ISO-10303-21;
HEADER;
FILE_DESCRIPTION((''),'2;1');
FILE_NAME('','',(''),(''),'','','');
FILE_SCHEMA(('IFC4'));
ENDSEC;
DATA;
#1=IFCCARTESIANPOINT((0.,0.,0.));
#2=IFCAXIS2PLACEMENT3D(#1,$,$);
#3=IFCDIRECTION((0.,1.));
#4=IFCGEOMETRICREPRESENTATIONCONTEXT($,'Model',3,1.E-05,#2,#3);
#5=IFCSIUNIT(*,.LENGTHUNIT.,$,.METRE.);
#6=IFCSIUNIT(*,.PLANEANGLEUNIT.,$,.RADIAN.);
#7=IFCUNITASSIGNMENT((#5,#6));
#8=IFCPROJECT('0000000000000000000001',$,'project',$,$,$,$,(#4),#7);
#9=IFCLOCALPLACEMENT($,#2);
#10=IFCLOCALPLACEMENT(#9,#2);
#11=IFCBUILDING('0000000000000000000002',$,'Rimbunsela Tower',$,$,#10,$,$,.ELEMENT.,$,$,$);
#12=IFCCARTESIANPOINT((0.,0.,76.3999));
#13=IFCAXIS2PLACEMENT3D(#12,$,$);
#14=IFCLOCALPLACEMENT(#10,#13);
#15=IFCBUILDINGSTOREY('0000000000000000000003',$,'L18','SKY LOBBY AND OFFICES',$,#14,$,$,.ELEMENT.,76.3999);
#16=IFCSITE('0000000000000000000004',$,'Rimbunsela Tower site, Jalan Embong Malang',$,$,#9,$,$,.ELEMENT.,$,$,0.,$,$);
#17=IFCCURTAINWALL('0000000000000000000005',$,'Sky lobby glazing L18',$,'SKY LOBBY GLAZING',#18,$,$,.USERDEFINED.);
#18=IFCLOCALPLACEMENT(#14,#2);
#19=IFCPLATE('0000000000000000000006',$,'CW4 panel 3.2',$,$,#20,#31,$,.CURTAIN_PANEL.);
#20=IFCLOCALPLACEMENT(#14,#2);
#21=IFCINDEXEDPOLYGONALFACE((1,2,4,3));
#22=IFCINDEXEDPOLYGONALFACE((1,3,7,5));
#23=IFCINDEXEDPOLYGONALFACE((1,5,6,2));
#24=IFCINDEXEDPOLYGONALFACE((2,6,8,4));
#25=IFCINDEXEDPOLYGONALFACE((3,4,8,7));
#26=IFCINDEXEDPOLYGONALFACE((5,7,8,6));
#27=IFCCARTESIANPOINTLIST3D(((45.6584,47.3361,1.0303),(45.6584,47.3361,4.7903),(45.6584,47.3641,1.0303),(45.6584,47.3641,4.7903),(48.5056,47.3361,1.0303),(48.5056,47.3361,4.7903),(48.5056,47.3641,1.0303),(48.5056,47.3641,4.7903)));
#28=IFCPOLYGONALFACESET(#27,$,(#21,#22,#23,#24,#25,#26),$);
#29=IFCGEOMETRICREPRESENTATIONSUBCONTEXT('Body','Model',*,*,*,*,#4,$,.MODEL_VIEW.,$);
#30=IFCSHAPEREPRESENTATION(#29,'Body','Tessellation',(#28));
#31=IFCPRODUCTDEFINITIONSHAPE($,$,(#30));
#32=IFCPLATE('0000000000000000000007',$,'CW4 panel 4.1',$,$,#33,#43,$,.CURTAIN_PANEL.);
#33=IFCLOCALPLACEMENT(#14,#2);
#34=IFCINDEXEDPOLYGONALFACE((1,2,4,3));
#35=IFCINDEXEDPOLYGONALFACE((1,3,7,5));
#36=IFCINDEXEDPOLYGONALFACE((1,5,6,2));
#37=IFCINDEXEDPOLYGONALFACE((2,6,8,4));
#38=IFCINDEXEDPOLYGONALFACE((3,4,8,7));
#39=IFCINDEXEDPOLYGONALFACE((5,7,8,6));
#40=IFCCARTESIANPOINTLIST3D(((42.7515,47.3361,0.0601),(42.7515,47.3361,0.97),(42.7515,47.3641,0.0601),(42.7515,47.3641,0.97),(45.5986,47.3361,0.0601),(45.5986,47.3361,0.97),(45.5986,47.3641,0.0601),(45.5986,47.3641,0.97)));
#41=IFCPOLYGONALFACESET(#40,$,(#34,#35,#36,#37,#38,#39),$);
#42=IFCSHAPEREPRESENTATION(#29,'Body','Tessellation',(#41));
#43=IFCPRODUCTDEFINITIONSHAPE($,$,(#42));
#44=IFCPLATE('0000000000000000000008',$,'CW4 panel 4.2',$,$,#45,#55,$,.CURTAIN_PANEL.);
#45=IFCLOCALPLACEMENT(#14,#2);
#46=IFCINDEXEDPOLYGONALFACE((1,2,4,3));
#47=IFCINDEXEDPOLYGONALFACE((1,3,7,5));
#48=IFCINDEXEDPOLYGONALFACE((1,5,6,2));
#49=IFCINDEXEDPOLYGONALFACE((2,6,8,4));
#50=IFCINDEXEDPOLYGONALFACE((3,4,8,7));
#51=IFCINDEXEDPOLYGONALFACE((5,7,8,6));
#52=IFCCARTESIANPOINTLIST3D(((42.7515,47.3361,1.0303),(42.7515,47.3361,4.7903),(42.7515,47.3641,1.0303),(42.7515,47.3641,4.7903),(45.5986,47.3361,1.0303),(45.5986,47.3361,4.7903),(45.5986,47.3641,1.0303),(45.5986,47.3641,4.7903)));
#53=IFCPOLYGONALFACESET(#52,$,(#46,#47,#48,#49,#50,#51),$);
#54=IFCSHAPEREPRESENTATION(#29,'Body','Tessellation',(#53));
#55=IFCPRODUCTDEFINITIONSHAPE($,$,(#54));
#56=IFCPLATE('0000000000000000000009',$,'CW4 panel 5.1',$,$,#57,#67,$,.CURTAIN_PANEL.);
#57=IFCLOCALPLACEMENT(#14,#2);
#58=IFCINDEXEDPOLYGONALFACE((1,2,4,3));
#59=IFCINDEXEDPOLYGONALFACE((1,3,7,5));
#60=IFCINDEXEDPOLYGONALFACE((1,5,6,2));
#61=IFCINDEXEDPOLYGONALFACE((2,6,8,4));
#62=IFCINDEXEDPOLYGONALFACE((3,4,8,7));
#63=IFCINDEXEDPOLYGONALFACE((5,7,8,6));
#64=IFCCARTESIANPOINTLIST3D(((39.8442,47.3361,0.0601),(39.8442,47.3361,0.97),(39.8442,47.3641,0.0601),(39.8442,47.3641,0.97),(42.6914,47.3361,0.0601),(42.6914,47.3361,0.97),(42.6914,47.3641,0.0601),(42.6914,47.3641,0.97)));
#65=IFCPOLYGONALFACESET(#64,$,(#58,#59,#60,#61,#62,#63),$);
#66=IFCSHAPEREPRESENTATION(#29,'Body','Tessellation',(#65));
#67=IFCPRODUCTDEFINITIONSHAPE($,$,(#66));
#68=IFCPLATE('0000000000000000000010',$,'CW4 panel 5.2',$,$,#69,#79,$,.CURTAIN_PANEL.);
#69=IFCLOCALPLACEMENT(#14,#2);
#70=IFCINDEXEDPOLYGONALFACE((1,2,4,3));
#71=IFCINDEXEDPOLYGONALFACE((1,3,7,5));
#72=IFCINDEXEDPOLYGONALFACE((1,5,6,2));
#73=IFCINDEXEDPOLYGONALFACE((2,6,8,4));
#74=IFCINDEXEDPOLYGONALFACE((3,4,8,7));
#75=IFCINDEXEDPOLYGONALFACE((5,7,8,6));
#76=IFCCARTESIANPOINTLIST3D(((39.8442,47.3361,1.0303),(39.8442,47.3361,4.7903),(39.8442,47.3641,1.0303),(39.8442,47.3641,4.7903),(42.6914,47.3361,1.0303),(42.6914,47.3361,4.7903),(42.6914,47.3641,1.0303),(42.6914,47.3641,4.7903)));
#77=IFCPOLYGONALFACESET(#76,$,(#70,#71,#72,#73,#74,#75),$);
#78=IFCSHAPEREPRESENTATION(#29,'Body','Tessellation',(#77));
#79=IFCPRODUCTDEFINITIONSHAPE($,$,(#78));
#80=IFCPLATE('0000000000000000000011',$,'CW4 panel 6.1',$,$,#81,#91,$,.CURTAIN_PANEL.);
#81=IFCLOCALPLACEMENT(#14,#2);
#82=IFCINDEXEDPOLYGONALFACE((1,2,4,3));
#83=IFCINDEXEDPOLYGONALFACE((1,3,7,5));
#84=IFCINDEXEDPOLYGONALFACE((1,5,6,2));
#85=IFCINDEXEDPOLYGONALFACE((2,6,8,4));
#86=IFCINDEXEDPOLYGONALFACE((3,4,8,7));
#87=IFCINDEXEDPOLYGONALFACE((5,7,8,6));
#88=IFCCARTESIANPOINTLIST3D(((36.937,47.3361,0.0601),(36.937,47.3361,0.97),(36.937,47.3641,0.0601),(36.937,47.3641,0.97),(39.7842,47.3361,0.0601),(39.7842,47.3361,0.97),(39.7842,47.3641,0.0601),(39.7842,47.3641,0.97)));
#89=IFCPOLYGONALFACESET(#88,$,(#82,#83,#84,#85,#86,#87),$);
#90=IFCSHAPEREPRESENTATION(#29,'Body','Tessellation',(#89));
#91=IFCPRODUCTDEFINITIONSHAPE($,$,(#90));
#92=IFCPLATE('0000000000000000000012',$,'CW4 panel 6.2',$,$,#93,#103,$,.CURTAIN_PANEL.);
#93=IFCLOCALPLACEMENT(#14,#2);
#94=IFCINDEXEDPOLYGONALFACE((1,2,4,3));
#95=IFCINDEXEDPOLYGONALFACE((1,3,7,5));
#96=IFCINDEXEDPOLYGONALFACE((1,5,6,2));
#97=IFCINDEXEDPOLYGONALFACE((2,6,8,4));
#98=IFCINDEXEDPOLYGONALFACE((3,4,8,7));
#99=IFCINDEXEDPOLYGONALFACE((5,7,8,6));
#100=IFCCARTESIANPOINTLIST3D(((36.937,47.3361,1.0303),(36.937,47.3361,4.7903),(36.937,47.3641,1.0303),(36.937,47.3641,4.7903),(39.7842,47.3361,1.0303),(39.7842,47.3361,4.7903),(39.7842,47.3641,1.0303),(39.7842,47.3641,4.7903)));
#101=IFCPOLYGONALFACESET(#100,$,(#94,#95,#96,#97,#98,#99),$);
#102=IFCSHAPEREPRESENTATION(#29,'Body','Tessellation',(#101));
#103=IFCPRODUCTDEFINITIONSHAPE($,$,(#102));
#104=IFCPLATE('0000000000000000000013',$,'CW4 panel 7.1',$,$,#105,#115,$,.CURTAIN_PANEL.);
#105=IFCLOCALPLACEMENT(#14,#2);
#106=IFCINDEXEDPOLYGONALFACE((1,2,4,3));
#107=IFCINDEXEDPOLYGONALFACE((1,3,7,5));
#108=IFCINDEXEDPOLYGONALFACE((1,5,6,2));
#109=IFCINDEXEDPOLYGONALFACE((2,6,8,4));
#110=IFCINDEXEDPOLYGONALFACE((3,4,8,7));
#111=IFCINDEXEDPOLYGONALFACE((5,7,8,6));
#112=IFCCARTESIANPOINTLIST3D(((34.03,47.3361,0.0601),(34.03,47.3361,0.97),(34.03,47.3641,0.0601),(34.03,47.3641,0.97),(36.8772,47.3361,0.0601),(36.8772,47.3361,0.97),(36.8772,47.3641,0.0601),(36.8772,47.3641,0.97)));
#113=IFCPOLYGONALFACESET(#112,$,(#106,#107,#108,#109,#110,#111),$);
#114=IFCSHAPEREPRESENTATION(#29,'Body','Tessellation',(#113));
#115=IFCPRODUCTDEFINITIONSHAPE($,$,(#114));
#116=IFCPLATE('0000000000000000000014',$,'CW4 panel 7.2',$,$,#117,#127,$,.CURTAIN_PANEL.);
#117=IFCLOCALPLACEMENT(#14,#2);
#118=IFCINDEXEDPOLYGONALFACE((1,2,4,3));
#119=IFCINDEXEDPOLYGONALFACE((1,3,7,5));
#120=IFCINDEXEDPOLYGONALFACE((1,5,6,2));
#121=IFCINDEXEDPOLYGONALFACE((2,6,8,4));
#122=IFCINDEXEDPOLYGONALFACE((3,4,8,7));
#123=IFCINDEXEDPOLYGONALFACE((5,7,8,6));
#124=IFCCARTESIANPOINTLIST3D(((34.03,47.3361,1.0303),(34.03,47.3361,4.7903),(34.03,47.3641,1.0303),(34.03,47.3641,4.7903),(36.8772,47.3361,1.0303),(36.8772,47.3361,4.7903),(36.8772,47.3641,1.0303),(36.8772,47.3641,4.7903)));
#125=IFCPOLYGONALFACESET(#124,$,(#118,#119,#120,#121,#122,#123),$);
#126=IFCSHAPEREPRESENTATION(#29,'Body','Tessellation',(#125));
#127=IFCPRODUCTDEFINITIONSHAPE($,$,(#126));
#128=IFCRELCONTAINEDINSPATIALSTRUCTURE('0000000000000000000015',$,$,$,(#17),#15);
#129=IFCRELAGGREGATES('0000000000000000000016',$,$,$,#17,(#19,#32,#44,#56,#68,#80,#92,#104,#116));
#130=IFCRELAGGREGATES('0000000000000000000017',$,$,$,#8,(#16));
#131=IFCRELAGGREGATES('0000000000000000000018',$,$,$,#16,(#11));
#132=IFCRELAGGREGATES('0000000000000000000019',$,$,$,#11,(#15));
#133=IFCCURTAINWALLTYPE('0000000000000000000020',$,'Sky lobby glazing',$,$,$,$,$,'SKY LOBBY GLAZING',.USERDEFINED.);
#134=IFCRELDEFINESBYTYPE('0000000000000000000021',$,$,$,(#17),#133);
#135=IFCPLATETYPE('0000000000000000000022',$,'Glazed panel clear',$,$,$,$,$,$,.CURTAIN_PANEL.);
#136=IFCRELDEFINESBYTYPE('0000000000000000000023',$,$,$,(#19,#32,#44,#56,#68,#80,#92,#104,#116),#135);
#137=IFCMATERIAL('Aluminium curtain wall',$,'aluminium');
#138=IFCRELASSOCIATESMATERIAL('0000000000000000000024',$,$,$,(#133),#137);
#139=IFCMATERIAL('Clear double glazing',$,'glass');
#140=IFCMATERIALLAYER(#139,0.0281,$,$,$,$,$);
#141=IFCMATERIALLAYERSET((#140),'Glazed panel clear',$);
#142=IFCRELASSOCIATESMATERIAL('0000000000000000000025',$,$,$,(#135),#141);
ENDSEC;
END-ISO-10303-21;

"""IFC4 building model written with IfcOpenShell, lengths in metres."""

from ifc_helpers import new_model, si_unit, direction, frame, origin, origin_2d, place, context, subcontext, project, spatial, rectangle, extrude, material, layer, layer_set, type_object, element, aggregate, save


model = new_model("IFC4")

# Units and contexts
model_context = context("Model", 3, precision=1e-05, world=origin(), true_north=direction((0.0, 1.0)))
body_context = subcontext(model_context, "Body", "Model", "MODEL_VIEW")
ifc_project = project(units=[si_unit("LENGTHUNIT", "METRE"), si_unit("PLANEANGLEUNIT", "RADIAN")], contexts=[model_context])

# Site, building, storey
site_placement = place(None, origin())
site = spatial("IfcSite", under=ifc_project, at=site_placement, Name="Rimbunsela Tower site, Jalan Embong Malang", CompositionType="ELEMENT", RefElevation=0.0)
building_placement = place(site_placement, origin())
building = spatial("IfcBuilding", under=site, at=building_placement, Name="Rimbunsela Tower", CompositionType="ELEMENT")
storey_placement = place(building_placement, frame((0.0, 0.0, 76.3999)))
storey = spatial("IfcBuildingStorey", under=building, at=storey_placement, Name="L18", Description="SKY LOBBY AND OFFICES", CompositionType="ELEMENT", Elevation=76.3999)

# Curtain wall, plates
ifc_material_1 = material(Name="Aluminium curtain wall", Category="aluminium")
curtain_wall_type = type_object("IfcCurtainWallType", Name="Sky lobby glazing", ElementType="SKY LOBBY GLAZING", PredefinedType="USERDEFINED", material=ifc_material_1)
curtain_wall_placement = place(storey_placement, origin())
curtain_wall = element("IfcCurtainWall", 1, at=curtain_wall_placement, inside=storey, type_object=curtain_wall_type, Name="Sky lobby glazing L18", ObjectType="SKY LOBBY GLAZING", PredefinedType="USERDEFINED")
ifc_material_2 = material(Name="Clear double glazing", Category="glass")
ifc_layer = layer(ifc_material_2, 0.0281)
ifc_layer_set = layer_set([ifc_layer], Name="Glazed panel clear")
plate_type = type_object("IfcPlateType", Name="Glazed panel clear", PredefinedType="CURTAIN_PANEL", material=ifc_layer_set)
plate_1_placement = place(storey_placement, frame((47.082, 47.3501, 1.0303), z_axis=(0.0, 0.0, 1.0), x_axis=(-1.0, 0.0, 0.0)))
plate_1 = element("IfcPlate", 2, at=plate_1_placement, type_object=plate_type, Name="CW4 panel 3.2", PredefinedType="CURTAIN_PANEL", context=body_context, shape_type="SweptSolid", body=[
    extrude(rectangle(XDim=2.8472, YDim=0.0281, at=origin_2d()), origin(), (0.0, 0.0, 1.0), 3.76),
])
plate_2_placement = place(storey_placement, frame((44.175, 47.3501, 0.0601), z_axis=(0.0, 0.0, 1.0), x_axis=(-1.0, 0.0, 0.0)))
plate_2 = element("IfcPlate", 3, at=plate_2_placement, type_object=plate_type, Name="CW4 panel 4.1", PredefinedType="CURTAIN_PANEL", context=body_context, shape_type="SweptSolid", body=[
    extrude(rectangle(XDim=2.8472, YDim=0.0281, at=origin_2d()), origin(), (0.0, 0.0, 1.0), 0.9099),
])
plate_3_placement = place(storey_placement, frame((44.175, 47.3501, 1.0303), z_axis=(0.0, 0.0, 1.0), x_axis=(-1.0, 0.0, 0.0)))
plate_3 = element("IfcPlate", 4, at=plate_3_placement, type_object=plate_type, Name="CW4 panel 4.2", PredefinedType="CURTAIN_PANEL", context=body_context, shape_type="SweptSolid", body=[
    extrude(rectangle(XDim=2.8472, YDim=0.0281, at=origin_2d()), origin(), (0.0, 0.0, 1.0), 3.76),
])
plate_4_placement = place(storey_placement, frame((41.2678, 47.3501, 0.0601), z_axis=(0.0, 0.0, 1.0), x_axis=(-1.0, 0.0, 0.0)))
plate_4 = element("IfcPlate", 5, at=plate_4_placement, type_object=plate_type, Name="CW4 panel 5.1", PredefinedType="CURTAIN_PANEL", context=body_context, shape_type="SweptSolid", body=[
    extrude(rectangle(XDim=2.8472, YDim=0.0281, at=origin_2d()), origin(), (0.0, 0.0, 1.0), 0.9099),
])
plate_5_placement = place(storey_placement, frame((41.2678, 47.3501, 1.0303), z_axis=(0.0, 0.0, 1.0), x_axis=(-1.0, 0.0, 0.0)))
plate_5 = element("IfcPlate", 6, at=plate_5_placement, type_object=plate_type, Name="CW4 panel 5.2", PredefinedType="CURTAIN_PANEL", context=body_context, shape_type="SweptSolid", body=[
    extrude(rectangle(XDim=2.8472, YDim=0.0281, at=origin_2d()), origin(), (0.0, 0.0, 1.0), 3.76),
])
plate_6_placement = place(storey_placement, frame((38.3606, 47.3501, 0.0601), z_axis=(0.0, 0.0, 1.0), x_axis=(-1.0, 0.0, 0.0)))
plate_6 = element("IfcPlate", 7, at=plate_6_placement, type_object=plate_type, Name="CW4 panel 6.1", PredefinedType="CURTAIN_PANEL", context=body_context, shape_type="SweptSolid", body=[
    extrude(rectangle(XDim=2.8472, YDim=0.0281, at=origin_2d()), origin(), (0.0, 0.0, 1.0), 0.9099),
])
plate_7_placement = place(storey_placement, frame((38.3606, 47.3501, 1.0303), z_axis=(0.0, 0.0, 1.0), x_axis=(-1.0, 0.0, 0.0)))
plate_7 = element("IfcPlate", 8, at=plate_7_placement, type_object=plate_type, Name="CW4 panel 6.2", PredefinedType="CURTAIN_PANEL", context=body_context, shape_type="SweptSolid", body=[
    extrude(rectangle(XDim=2.8472, YDim=0.0281, at=origin_2d()), origin(), (0.0, 0.0, 1.0), 3.76),
])
plate_8_placement = place(storey_placement, frame((35.4536, 47.3501, 0.0601), z_axis=(0.0, 0.0, 1.0), x_axis=(-1.0, 0.0, 0.0)))
plate_8 = element("IfcPlate", 9, at=plate_8_placement, type_object=plate_type, Name="CW4 panel 7.1", PredefinedType="CURTAIN_PANEL", context=body_context, shape_type="SweptSolid", body=[
    extrude(rectangle(XDim=2.8472, YDim=0.0281, at=origin_2d()), origin(), (0.0, 0.0, 1.0), 0.9099),
])
plate_9_placement = place(storey_placement, frame((35.4536, 47.3501, 1.0303), z_axis=(0.0, 0.0, 1.0), x_axis=(-1.0, 0.0, 0.0)))
plate_9 = element("IfcPlate", 10, at=plate_9_placement, type_object=plate_type, Name="CW4 panel 7.2", PredefinedType="CURTAIN_PANEL", context=body_context, shape_type="SweptSolid", body=[
    extrude(rectangle(XDim=2.8472, YDim=0.0281, at=origin_2d()), origin(), (0.0, 0.0, 1.0), 3.76),
])
aggregate(curtain_wall, [plate_1, plate_2, plate_3, plate_4, plate_5, plate_6, plate_7, plate_8, plate_9])

save(model, "model.ifc")
